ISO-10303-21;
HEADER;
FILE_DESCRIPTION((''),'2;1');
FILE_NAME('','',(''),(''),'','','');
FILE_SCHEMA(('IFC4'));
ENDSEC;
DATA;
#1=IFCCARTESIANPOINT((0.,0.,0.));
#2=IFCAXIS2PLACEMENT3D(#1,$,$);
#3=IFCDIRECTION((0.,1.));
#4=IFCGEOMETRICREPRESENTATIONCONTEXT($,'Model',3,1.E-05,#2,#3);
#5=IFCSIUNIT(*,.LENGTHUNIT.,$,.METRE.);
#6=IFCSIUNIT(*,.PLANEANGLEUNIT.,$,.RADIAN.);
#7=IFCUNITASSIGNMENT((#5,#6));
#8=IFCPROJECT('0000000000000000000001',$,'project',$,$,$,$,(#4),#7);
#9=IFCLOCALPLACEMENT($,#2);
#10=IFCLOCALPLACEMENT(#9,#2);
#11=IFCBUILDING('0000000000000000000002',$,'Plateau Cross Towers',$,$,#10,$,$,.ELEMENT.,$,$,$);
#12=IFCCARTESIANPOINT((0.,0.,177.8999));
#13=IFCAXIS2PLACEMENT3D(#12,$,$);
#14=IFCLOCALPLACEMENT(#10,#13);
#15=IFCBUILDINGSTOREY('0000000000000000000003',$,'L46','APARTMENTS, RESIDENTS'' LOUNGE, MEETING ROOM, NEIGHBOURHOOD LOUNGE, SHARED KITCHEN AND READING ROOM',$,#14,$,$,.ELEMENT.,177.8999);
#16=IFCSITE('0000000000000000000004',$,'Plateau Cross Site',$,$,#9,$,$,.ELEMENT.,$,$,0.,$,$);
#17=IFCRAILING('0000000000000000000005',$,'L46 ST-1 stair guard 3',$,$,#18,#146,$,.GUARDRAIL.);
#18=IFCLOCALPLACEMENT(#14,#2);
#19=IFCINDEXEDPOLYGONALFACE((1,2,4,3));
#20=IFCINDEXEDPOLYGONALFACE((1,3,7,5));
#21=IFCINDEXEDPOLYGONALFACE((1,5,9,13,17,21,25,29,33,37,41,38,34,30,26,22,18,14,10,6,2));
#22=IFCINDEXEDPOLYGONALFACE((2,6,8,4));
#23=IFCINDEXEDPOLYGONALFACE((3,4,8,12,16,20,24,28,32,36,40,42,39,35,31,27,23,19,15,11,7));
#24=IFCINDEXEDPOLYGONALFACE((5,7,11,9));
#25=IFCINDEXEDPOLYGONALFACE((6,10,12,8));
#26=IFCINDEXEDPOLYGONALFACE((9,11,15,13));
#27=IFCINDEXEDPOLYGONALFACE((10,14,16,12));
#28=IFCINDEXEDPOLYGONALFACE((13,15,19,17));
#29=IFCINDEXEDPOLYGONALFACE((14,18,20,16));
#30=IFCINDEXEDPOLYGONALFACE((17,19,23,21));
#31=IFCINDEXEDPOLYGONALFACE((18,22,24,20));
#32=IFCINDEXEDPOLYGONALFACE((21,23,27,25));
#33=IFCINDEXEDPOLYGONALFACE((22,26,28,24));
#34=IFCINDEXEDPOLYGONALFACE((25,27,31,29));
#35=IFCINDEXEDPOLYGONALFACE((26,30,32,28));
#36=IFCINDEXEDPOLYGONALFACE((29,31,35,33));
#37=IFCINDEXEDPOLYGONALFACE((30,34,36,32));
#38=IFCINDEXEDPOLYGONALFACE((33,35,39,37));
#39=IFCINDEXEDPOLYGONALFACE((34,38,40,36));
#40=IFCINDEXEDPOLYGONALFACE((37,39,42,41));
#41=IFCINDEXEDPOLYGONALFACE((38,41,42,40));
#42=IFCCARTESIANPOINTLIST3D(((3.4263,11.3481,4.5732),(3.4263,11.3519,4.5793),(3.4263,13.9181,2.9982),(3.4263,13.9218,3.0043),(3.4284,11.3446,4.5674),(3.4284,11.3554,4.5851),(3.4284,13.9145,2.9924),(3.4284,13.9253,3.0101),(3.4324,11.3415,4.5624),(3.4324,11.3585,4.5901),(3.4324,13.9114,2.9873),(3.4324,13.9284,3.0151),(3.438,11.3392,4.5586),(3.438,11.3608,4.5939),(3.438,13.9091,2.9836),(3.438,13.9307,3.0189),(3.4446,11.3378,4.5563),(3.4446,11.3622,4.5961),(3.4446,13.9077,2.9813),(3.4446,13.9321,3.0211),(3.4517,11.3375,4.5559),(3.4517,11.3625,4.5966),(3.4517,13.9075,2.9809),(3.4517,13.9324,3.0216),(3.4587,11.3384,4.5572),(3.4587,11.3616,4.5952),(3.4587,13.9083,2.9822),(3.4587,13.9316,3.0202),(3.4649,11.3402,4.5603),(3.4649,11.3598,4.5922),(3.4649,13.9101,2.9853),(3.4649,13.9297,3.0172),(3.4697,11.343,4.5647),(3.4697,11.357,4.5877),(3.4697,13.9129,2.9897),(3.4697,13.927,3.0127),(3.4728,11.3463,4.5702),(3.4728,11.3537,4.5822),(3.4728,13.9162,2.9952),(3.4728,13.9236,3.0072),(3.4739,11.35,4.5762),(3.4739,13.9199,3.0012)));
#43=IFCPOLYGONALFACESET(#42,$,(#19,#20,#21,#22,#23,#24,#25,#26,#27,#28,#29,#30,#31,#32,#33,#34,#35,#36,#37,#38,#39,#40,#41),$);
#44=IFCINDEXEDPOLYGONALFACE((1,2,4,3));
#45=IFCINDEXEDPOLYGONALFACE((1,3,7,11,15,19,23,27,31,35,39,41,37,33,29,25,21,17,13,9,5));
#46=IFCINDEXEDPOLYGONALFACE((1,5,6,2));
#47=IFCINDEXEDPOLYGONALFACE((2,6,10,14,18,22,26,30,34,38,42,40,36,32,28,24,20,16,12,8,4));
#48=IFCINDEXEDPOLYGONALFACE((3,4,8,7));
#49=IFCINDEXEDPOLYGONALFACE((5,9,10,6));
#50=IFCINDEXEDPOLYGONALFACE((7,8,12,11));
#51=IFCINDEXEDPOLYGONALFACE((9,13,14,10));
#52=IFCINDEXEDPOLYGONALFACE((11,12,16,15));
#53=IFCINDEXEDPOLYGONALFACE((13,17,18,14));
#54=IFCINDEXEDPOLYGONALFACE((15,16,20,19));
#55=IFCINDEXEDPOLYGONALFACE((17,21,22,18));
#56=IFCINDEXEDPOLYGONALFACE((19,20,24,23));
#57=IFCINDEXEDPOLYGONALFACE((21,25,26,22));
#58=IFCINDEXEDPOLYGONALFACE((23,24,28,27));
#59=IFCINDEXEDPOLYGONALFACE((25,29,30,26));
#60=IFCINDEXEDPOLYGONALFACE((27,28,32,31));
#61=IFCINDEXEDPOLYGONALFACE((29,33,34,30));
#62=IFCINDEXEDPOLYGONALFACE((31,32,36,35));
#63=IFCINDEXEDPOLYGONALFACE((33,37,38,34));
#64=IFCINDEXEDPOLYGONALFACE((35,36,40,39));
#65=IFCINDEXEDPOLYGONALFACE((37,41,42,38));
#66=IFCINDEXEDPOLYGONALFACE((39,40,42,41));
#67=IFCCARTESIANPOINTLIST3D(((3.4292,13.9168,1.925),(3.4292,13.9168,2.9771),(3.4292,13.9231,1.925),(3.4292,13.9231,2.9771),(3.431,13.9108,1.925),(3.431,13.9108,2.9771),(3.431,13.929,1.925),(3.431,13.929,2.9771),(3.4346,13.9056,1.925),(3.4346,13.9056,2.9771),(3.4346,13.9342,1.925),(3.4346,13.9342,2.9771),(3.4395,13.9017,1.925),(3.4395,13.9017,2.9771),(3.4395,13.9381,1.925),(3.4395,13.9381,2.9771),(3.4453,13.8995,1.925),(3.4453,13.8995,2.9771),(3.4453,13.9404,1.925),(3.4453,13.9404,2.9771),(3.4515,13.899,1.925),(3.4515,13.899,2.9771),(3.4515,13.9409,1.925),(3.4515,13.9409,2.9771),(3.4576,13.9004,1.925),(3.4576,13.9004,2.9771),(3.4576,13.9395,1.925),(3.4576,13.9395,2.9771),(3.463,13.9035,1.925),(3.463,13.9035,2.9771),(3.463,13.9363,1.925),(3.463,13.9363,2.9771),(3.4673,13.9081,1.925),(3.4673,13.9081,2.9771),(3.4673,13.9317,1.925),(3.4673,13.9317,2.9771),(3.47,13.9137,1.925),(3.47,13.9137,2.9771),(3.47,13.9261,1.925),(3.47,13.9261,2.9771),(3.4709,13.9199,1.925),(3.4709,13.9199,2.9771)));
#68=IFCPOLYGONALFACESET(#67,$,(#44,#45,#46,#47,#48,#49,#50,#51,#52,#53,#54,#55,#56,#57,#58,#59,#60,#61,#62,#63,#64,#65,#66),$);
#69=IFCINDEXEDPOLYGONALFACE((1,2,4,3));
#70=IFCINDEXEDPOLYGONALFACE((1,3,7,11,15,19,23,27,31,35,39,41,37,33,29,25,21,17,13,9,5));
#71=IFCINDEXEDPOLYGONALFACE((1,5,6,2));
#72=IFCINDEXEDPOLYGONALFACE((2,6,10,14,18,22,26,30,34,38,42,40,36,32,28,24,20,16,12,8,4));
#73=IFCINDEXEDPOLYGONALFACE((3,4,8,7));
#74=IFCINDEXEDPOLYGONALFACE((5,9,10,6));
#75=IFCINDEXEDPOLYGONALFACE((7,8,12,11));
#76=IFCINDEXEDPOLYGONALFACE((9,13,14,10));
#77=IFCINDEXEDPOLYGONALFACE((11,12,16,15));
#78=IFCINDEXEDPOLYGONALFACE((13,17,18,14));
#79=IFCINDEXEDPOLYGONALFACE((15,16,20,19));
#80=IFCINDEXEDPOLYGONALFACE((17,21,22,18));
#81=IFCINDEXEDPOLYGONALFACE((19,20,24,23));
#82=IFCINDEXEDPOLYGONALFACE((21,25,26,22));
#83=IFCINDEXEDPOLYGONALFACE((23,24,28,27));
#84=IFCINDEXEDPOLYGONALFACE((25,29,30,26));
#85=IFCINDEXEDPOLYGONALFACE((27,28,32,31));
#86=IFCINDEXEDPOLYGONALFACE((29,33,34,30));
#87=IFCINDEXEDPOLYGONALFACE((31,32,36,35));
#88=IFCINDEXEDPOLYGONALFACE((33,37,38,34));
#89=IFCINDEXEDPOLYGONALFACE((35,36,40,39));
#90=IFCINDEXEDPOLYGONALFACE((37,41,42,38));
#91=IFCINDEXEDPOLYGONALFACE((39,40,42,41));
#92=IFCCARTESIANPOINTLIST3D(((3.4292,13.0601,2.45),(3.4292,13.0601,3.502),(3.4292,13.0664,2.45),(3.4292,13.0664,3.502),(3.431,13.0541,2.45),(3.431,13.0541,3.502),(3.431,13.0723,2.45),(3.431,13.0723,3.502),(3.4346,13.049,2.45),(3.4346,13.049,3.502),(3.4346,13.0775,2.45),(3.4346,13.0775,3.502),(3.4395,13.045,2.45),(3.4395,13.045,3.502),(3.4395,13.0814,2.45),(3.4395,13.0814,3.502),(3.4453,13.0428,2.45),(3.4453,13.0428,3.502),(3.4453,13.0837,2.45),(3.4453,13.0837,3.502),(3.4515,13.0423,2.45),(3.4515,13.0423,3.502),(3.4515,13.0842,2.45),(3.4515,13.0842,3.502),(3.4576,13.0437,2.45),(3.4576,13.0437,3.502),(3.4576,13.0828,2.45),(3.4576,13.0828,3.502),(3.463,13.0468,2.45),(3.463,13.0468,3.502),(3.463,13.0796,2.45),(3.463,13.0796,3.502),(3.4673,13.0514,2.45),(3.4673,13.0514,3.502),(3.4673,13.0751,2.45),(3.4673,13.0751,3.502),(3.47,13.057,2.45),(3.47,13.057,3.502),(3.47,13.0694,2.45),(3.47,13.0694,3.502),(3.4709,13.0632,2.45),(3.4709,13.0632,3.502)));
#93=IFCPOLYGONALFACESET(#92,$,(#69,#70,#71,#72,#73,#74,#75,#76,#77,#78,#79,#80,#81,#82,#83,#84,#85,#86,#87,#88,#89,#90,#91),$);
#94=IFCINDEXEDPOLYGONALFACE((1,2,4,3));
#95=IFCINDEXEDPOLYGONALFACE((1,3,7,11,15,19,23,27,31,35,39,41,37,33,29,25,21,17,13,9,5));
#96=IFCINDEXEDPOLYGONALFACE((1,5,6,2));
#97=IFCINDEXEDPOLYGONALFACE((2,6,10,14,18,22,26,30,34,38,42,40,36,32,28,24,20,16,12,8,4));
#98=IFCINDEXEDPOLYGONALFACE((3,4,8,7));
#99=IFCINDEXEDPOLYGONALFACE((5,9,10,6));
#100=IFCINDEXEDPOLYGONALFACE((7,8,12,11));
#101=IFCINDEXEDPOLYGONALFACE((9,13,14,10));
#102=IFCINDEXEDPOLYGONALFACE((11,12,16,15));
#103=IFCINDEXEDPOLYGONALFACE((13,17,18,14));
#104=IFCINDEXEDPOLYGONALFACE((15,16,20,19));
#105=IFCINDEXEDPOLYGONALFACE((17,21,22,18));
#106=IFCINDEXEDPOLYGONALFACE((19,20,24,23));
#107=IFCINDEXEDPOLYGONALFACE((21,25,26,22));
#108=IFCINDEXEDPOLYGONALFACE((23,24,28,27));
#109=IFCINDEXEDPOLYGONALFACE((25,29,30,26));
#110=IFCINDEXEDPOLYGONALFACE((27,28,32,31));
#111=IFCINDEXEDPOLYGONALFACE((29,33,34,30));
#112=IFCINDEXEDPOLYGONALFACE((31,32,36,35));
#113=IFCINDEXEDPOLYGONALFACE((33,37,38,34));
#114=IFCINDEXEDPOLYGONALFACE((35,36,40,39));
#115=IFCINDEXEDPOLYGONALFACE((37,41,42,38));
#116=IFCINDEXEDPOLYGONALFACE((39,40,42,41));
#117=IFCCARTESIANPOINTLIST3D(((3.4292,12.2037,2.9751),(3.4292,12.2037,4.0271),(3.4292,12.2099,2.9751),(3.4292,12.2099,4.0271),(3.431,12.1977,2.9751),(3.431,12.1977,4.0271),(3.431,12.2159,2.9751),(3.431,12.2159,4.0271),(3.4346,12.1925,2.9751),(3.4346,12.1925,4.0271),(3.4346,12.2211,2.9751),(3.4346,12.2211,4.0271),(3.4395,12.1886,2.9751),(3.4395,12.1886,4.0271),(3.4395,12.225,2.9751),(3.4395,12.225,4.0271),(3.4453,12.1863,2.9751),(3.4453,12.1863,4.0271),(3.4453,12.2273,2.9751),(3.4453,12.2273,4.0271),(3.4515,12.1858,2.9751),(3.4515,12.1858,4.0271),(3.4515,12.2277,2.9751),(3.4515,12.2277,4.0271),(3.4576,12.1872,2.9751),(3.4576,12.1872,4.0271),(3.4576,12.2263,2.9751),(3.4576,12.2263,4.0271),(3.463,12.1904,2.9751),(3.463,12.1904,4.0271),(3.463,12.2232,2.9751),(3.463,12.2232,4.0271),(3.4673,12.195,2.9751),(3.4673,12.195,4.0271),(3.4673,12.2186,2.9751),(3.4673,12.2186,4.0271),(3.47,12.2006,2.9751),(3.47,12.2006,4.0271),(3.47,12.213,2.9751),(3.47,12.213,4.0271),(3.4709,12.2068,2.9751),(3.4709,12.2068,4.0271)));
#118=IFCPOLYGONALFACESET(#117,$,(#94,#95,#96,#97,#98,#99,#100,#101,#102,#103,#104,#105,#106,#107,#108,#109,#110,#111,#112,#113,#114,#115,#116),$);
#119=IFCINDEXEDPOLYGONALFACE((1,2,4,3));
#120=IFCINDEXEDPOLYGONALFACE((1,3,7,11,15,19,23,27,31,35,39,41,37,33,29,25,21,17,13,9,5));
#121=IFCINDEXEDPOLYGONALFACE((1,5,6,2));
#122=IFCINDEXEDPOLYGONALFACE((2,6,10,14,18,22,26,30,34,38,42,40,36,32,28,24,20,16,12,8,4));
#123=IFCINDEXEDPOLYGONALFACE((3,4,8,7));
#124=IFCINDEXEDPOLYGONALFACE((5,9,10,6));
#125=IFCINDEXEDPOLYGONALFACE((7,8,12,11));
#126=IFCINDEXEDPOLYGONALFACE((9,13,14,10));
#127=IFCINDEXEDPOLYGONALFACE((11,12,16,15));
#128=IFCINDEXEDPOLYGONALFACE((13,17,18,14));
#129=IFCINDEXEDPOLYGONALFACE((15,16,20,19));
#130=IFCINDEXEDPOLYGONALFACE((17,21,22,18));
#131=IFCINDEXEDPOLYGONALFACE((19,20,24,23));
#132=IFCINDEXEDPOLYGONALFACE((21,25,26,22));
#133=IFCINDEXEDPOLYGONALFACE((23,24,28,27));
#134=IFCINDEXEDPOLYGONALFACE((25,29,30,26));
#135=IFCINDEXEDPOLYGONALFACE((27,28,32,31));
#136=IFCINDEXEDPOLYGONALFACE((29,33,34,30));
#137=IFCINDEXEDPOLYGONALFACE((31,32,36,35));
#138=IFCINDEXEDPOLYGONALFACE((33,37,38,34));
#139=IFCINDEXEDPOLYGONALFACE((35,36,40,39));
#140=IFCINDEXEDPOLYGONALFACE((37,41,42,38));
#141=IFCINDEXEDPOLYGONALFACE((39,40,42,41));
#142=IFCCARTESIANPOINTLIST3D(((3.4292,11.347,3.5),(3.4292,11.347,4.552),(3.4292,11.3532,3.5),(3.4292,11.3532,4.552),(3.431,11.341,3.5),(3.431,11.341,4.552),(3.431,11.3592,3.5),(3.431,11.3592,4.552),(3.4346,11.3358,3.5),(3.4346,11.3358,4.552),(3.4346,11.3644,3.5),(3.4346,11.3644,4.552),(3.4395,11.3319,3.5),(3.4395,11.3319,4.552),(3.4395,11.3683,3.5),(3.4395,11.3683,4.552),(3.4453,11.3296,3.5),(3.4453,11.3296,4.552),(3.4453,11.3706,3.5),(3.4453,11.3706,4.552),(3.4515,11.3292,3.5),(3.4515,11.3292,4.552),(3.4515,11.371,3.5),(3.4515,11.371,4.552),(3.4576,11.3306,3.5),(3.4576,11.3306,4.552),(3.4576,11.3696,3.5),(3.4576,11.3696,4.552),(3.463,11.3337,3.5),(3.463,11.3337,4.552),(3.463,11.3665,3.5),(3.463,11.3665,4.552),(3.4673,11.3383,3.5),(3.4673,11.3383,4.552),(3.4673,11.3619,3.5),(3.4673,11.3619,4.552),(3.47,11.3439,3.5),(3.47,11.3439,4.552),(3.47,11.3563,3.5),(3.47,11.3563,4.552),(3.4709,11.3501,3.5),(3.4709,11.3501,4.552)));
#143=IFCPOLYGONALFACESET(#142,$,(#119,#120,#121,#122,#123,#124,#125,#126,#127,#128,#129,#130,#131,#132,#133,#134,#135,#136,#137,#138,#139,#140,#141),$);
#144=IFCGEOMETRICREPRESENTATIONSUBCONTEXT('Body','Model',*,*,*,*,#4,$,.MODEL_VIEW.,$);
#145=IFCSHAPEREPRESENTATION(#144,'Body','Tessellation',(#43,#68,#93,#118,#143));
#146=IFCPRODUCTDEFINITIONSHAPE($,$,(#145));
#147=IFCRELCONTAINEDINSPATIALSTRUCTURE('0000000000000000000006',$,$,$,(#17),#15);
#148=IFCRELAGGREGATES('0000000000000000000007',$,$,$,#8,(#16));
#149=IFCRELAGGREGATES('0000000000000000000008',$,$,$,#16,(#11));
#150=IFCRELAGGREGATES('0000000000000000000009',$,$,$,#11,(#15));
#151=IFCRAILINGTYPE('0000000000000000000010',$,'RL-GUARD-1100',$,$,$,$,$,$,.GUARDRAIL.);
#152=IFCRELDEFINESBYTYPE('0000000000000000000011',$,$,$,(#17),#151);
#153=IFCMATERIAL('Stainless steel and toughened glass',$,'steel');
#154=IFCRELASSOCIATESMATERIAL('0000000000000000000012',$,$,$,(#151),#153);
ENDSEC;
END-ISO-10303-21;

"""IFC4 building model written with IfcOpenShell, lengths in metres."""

from ifc_helpers import new_model, si_unit, direction, frame, origin, origin_2d, place, context, subcontext, project, spatial, circle, extrude, material, type_object, element, save


model = new_model("IFC4")

# Units and contexts
model_context = context("Model", 3, precision=1e-05, world=origin(), true_north=direction((0.0, 1.0)))
body_context = subcontext(model_context, "Body", "Model", "MODEL_VIEW")
ifc_project = project(units=[si_unit("LENGTHUNIT", "METRE"), si_unit("PLANEANGLEUNIT", "RADIAN")], contexts=[model_context])

# Site, building, storey
site_placement = place(None, origin())
site = spatial("IfcSite", under=ifc_project, at=site_placement, Name="Plateau Cross Site", CompositionType="ELEMENT", RefElevation=0.0)
building_placement = place(site_placement, origin())
building = spatial("IfcBuilding", under=site, at=building_placement, Name="Plateau Cross Towers", CompositionType="ELEMENT")
storey_placement = place(building_placement, frame((0.0, 0.0, 177.8999)))
storey = spatial("IfcBuildingStorey", under=building, at=storey_placement, Name="L46", Description="APARTMENTS, RESIDENTS' LOUNGE, MEETING ROOM, NEIGHBOURHOOD LOUNGE, SHARED KITCHEN AND READING ROOM", CompositionType="ELEMENT", Elevation=177.8999)

# Railing
ifc_material_1 = material(Name="Stainless steel and toughened glass", Category="steel")
railing_type_1 = type_object("IfcRailingType", Name="RL-GUARD-1100", PredefinedType="GUARDRAIL", material=ifc_material_1)
railing_1_placement = place(storey_placement, frame((3.45, 13.9199, 1.925)))
element("IfcRailing", 1, at=railing_1_placement, inside=storey, type_object=railing_type_1, Name="L46 ST-1 stair guard 3", PredefinedType="GUARDRAIL", context=body_context, shape_type="SweptSolid", body=[
    extrude(circle(Radius=0.0239, at=origin_2d()), frame((0.0, 0.0, 1.0762), z_axis=(0.0, -0.852616, 0.522537), x_axis=(1.0, 0.0, 0.0)), (0.0, 0.0, 1.0), 3.0142),
    extrude(circle(Radius=0.021, at=origin_2d()), origin(), (0.0, 0.0, 1.0), 1.052),
    extrude(circle(Radius=0.021, at=origin_2d()), frame((0.0, -0.8567, 0.5249)), (0.0, 0.0, 1.0), 1.052),
    extrude(circle(Radius=0.021, at=origin_2d()), frame((0.0, -1.7131, 1.05)), (0.0, 0.0, 1.0), 1.052),
    extrude(circle(Radius=0.021, at=origin_2d()), frame((0.0, -2.5698, 1.575)), (0.0, 0.0, 1.0), 1.052),
])

save(model, "model.ifc")
